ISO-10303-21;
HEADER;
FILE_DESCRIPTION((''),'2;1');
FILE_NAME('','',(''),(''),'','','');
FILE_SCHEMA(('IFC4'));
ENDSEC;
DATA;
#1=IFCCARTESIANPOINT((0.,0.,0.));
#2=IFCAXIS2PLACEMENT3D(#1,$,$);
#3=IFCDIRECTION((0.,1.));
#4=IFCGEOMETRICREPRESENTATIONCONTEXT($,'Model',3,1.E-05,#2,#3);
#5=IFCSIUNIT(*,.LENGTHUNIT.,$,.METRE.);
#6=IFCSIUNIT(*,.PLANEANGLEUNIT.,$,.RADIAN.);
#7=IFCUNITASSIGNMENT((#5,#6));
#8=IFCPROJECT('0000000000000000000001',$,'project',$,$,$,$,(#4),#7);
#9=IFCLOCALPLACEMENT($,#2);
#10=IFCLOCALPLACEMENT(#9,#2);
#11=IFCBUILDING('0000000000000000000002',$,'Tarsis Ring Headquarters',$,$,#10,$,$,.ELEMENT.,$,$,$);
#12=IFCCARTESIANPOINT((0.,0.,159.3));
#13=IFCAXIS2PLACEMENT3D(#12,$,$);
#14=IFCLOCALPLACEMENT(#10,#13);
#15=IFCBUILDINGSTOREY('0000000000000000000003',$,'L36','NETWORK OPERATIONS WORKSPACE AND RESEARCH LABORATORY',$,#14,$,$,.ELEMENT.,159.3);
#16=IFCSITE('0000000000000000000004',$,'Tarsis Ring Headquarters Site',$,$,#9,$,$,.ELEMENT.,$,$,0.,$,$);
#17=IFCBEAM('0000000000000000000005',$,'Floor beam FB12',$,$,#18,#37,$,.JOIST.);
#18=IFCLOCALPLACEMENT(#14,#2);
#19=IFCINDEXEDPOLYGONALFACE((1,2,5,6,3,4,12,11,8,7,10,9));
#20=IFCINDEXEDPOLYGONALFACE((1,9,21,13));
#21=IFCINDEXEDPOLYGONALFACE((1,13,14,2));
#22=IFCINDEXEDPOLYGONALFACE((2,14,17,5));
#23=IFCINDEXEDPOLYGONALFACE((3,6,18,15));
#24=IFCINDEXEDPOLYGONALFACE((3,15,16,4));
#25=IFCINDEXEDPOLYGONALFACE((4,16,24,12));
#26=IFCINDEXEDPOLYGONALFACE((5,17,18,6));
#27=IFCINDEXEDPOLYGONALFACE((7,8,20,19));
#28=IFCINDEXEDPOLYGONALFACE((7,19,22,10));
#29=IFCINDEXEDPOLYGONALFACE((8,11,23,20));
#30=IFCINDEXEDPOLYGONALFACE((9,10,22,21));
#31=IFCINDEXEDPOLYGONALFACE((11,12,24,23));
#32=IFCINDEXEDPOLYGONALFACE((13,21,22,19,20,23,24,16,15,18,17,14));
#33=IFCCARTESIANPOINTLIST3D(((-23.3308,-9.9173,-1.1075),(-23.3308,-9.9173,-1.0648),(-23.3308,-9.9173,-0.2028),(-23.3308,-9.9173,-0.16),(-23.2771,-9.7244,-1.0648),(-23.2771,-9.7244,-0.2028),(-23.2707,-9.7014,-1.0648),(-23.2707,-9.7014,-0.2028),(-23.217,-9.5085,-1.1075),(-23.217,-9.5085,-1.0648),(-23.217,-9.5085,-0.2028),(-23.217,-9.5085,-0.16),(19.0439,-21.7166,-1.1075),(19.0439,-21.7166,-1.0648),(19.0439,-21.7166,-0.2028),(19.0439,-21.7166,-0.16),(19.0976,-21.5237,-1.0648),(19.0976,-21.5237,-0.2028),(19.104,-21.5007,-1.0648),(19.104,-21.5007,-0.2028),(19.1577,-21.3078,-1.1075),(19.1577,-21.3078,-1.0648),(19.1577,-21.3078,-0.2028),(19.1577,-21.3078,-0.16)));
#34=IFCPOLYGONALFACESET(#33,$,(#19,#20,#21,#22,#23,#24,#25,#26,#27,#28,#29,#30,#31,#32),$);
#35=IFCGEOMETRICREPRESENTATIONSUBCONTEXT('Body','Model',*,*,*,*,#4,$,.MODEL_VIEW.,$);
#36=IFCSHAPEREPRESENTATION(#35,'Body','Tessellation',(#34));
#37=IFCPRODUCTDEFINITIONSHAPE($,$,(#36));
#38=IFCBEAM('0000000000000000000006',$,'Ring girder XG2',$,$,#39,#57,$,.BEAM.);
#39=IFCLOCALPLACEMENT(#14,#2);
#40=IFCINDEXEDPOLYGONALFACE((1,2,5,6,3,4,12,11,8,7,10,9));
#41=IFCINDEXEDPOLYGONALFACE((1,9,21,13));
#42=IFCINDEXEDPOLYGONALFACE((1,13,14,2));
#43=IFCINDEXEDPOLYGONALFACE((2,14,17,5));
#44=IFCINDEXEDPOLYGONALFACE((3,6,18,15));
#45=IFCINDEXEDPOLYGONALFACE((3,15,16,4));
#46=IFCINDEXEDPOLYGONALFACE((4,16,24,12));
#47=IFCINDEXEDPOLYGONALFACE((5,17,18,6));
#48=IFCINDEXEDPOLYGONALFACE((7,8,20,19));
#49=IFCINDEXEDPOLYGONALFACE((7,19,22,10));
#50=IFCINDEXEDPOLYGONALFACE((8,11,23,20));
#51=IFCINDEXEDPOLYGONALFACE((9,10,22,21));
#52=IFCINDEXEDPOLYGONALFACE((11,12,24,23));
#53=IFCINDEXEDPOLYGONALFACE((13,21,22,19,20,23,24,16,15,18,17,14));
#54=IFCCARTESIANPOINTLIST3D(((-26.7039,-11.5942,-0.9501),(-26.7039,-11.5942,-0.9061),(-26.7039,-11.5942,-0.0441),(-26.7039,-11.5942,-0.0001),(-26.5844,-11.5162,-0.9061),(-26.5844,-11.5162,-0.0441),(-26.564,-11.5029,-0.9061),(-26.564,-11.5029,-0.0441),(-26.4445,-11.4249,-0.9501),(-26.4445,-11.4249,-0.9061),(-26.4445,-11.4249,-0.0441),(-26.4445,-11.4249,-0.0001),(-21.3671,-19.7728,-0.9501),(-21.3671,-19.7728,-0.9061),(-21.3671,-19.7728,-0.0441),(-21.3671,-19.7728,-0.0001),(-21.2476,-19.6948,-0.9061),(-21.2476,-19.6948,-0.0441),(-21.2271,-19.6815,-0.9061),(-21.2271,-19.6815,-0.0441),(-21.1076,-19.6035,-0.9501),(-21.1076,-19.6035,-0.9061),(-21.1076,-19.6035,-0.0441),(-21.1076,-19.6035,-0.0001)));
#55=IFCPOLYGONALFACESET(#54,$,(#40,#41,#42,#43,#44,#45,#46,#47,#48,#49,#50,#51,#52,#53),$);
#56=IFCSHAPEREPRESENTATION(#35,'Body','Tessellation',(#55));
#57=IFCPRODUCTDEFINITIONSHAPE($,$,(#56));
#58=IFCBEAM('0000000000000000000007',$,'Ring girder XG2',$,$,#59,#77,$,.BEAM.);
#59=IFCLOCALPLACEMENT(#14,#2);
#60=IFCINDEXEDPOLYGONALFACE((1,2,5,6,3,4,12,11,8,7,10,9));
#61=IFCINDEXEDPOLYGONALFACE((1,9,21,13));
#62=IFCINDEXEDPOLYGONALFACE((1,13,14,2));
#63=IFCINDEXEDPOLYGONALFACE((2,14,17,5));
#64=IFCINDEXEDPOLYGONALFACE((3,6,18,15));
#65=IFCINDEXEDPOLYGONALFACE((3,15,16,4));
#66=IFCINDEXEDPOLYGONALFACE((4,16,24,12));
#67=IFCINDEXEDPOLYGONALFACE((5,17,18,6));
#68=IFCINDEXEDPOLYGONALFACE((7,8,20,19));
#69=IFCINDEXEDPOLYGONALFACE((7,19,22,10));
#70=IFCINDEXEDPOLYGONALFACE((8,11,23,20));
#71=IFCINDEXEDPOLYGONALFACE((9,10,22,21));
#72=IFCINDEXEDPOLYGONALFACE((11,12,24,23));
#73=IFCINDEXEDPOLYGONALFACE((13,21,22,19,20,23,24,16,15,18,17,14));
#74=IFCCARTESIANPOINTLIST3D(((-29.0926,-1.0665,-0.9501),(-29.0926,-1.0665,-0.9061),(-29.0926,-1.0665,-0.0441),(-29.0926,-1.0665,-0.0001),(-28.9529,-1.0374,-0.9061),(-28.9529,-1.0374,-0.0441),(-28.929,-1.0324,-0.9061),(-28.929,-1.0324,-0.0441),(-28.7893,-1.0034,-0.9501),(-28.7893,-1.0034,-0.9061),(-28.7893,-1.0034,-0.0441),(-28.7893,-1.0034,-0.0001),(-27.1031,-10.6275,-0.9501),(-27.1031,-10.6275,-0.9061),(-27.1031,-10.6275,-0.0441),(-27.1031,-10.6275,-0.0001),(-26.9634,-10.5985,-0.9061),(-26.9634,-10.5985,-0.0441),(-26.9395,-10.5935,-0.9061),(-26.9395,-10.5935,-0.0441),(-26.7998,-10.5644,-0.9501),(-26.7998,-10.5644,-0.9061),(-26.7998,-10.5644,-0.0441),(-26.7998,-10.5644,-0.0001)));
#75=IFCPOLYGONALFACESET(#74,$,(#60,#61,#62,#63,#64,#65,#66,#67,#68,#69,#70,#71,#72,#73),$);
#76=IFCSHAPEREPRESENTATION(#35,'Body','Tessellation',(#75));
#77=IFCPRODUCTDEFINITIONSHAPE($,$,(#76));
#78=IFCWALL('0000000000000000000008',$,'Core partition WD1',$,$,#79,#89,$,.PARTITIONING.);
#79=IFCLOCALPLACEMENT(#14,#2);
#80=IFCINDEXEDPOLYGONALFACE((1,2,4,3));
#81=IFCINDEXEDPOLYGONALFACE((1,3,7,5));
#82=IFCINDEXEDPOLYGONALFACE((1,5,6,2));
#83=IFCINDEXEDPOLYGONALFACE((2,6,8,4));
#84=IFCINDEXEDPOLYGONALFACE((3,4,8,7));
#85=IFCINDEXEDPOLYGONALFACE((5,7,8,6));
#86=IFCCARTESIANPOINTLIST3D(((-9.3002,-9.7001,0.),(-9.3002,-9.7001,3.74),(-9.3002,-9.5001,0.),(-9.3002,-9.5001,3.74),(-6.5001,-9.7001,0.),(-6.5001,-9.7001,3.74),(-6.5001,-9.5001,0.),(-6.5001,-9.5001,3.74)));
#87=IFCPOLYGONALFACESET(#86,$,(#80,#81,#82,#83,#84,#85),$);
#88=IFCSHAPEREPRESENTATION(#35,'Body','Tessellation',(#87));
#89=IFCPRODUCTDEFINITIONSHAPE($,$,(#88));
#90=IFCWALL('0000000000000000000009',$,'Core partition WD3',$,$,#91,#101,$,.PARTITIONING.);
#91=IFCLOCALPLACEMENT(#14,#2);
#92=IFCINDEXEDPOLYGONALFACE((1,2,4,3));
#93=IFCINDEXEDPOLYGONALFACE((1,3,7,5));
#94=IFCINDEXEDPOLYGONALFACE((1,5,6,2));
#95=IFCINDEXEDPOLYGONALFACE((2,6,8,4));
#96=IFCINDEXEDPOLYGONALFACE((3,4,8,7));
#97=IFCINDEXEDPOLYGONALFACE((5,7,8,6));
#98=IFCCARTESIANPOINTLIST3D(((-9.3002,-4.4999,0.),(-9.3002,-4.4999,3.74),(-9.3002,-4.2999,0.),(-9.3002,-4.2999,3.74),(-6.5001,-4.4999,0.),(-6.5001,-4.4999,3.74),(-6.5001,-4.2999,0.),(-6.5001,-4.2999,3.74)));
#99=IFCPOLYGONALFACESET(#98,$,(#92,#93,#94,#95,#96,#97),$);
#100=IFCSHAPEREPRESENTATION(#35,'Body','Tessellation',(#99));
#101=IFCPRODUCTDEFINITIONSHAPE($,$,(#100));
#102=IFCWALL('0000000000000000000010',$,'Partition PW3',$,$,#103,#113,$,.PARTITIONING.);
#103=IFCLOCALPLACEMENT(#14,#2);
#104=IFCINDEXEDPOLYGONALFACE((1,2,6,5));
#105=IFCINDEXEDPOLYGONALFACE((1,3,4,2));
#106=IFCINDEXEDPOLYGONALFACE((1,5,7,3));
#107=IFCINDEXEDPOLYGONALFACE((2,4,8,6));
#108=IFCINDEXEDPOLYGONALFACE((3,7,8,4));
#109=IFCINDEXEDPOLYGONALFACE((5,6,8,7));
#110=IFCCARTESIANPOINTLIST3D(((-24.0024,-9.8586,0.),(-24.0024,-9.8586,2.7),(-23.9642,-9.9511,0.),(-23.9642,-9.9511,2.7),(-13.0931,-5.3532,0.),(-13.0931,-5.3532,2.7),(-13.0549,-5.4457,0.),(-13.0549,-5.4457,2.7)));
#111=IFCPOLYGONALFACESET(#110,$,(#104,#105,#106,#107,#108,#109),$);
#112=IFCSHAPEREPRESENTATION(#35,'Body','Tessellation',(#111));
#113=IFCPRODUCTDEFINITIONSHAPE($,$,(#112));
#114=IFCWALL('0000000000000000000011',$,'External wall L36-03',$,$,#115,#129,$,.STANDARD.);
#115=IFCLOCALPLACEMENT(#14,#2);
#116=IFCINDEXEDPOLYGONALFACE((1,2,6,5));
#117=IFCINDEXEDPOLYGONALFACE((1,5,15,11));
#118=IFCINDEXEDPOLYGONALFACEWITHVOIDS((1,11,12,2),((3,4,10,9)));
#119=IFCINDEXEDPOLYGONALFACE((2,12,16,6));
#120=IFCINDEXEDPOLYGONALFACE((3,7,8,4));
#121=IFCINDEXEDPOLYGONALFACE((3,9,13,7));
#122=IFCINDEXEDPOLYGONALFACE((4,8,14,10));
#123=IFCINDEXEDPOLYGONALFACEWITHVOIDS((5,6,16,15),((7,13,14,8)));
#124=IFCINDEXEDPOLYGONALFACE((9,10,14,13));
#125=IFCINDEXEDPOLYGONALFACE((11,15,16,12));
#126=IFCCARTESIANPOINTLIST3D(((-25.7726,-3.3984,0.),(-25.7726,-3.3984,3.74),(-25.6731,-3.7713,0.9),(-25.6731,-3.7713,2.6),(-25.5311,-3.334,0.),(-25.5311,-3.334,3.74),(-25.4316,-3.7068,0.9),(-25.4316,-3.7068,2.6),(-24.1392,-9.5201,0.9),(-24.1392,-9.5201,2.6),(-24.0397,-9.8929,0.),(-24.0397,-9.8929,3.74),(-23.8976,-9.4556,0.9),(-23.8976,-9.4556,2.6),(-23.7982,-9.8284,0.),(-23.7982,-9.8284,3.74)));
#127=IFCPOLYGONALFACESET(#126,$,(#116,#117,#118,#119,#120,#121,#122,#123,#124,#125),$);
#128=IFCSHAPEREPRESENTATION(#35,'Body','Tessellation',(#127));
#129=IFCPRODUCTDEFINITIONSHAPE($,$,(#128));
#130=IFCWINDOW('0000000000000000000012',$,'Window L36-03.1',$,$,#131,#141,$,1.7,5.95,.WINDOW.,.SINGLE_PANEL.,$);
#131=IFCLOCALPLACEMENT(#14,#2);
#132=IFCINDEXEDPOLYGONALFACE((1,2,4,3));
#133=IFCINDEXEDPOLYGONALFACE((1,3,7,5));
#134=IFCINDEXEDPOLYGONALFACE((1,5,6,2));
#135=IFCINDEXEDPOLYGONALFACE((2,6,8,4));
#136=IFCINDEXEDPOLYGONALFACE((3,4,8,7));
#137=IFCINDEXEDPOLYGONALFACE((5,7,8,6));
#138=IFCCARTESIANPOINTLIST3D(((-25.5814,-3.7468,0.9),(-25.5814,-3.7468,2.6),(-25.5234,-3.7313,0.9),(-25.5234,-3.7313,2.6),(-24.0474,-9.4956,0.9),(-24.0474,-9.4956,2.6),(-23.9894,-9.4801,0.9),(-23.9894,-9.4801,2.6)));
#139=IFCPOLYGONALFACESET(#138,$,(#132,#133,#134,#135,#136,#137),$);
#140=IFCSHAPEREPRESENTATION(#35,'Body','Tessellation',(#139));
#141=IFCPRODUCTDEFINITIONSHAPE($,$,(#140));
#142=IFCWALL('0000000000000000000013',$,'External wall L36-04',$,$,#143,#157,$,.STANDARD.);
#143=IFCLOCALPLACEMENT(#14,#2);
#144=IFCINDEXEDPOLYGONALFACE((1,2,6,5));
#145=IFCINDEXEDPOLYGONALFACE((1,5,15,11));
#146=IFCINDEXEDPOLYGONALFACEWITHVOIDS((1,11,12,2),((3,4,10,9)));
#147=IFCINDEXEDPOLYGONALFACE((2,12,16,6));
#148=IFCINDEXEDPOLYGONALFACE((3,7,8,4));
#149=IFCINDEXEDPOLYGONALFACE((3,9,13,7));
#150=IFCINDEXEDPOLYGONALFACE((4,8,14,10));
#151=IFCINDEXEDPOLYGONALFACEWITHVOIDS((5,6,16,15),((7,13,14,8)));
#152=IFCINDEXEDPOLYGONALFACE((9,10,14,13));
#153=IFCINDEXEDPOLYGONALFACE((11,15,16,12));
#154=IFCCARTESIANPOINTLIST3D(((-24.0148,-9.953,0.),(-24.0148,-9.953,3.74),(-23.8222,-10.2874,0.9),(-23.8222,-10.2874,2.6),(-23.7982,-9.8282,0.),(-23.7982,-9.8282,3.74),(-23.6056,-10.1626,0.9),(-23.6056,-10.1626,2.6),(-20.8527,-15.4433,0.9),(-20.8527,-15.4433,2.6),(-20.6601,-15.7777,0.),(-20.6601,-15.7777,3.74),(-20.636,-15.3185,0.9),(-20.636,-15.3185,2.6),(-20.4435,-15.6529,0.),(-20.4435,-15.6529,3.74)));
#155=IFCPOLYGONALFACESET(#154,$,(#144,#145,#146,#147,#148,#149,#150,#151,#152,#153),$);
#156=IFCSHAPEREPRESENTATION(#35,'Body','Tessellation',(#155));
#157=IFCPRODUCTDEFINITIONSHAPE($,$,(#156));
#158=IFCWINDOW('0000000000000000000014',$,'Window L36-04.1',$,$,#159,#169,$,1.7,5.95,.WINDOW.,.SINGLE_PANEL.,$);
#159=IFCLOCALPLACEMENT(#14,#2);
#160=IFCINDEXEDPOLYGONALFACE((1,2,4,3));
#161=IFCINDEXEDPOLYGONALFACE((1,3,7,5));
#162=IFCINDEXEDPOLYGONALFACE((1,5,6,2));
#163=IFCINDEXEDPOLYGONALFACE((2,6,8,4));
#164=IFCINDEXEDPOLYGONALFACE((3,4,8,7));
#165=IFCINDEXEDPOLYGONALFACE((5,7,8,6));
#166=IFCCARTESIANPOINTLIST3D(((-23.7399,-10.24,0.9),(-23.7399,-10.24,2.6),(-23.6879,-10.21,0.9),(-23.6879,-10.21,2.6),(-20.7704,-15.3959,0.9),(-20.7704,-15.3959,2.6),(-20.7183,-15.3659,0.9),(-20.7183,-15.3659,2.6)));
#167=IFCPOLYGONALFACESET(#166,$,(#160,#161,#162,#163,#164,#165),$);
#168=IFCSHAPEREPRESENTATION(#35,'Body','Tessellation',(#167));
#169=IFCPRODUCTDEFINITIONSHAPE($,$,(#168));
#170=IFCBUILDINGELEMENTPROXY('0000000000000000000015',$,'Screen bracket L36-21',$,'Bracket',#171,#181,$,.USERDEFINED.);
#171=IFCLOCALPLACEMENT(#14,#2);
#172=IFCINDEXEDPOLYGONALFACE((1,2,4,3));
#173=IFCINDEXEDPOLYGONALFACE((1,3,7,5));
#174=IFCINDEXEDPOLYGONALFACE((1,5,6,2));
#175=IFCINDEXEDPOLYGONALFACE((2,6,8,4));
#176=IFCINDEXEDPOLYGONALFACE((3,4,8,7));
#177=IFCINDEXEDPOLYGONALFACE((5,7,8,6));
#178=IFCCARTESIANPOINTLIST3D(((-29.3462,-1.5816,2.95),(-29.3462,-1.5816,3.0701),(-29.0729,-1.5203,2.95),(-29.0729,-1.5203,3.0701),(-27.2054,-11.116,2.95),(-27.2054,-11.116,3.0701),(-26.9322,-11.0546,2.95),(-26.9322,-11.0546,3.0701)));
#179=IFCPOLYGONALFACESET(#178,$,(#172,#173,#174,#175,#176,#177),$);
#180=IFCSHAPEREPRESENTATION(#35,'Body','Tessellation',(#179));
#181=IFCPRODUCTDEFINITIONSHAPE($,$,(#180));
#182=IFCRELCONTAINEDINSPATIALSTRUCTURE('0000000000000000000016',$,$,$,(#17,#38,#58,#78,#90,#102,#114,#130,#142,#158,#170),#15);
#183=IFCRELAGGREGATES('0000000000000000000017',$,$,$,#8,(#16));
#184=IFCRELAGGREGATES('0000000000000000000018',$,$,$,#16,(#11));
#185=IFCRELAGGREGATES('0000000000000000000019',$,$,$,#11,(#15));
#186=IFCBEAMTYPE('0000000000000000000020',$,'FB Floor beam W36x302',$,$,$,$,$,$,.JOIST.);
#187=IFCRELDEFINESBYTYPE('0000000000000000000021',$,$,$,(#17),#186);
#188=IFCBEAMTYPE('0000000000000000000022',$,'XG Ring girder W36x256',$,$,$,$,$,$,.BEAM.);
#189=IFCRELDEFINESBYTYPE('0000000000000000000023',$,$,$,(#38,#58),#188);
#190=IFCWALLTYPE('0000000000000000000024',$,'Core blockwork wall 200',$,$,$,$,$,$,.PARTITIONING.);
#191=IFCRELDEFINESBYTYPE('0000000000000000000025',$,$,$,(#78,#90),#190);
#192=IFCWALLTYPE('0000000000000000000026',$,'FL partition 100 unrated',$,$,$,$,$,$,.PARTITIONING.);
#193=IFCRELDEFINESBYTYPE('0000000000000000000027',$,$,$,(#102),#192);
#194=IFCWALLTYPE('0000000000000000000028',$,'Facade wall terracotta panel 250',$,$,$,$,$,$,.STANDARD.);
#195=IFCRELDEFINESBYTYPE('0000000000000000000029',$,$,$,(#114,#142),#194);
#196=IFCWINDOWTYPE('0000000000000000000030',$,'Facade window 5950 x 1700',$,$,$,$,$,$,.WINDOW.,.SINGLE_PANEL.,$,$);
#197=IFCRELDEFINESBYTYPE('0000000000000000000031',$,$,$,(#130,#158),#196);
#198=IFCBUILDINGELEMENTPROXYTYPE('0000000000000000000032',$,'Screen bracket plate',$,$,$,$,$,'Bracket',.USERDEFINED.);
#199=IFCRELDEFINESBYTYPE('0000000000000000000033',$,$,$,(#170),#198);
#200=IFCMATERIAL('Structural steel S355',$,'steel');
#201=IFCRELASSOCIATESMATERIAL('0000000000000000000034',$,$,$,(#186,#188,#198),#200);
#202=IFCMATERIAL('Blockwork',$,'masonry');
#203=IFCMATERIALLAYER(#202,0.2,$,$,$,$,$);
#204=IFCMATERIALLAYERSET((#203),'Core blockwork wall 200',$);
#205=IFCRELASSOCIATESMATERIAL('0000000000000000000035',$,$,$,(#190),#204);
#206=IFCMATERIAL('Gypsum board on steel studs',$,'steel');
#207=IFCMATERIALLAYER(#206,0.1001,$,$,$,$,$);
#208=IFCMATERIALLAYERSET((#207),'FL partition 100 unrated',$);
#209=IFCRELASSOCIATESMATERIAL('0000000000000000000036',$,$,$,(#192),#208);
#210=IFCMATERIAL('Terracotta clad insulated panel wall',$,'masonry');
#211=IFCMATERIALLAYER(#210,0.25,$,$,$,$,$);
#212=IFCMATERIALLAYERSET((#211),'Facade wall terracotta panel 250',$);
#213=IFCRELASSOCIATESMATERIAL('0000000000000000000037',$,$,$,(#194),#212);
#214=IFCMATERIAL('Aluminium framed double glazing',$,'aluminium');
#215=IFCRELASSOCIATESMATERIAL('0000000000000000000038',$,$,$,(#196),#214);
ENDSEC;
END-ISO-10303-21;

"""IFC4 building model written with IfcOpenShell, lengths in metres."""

from ifc_helpers import new_model, si_unit, direction, frame, frame_2d, origin, origin_2d, place, context, subcontext, project, spatial, rectangle, i_section, extrude, material, layer, layer_set, material_profile, profile_set, type_object, element, fill, save


model = new_model("IFC4")

# Units and contexts
model_context = context("Model", 3, precision=1e-05, world=origin(), true_north=direction((0.0, 1.0)))
body_context = subcontext(model_context, "Body", "Model", "MODEL_VIEW")
ifc_project = project(units=[si_unit("LENGTHUNIT", "METRE"), si_unit("PLANEANGLEUNIT", "RADIAN")], contexts=[model_context])

# Site, building, storey
site_placement = place(None, origin())
site = spatial("IfcSite", under=ifc_project, at=site_placement, Name="Tarsis Ring Headquarters Site", CompositionType="ELEMENT", RefElevation=0.0)
building_placement = place(site_placement, origin())
building = spatial("IfcBuilding", under=site, at=building_placement, Name="Tarsis Ring Headquarters", CompositionType="ELEMENT")
storey_placement = place(building_placement, frame((0.0, 0.0, 159.3)))
storey = spatial("IfcBuildingStorey", under=building, at=storey_placement, Name="L36", Description="NETWORK OPERATIONS WORKSPACE AND RESEARCH LABORATORY", CompositionType="ELEMENT", Elevation=159.3)

# Shared definitions
ifc_material_1 = material(Name="Structural steel S355", Category="steel")

# Beams
ifc_material_profile_1 = material_profile(ifc_material_1, i_section(OverallWidth=0.3098, OverallDepth=0.95, WebThickness=0.0244, FlangeThickness=0.0439, at=origin_2d()), Name="W36x256")
ifc_profile_set_1 = profile_set([ifc_material_profile_1], Name="Structural steel S355")
ifc_material_profile_2 = material_profile(ifc_material_1, i_section(OverallWidth=0.4243, OverallDepth=0.9475, WebThickness=0.0239, FlangeThickness=0.0427, at=origin_2d()), Name="W36x302")
ifc_profile_set_2 = profile_set([ifc_material_profile_2], Name="Structural steel S355")
beam_type_1 = type_object("IfcBeamType", Name="FB Floor beam W36x302", PredefinedType="JOIST", material=ifc_profile_set_2)
beam_1_placement = place(storey_placement, frame((-23.2739, -9.7129, -0.6338), z_axis=(0.96335, -0.268246, 0.0), x_axis=(0.268246, 0.96335, 0.0)))
element("IfcBeam", 1, at=beam_1_placement, inside=storey, type_object=beam_type_1, Name="Floor beam FB12", PredefinedType="JOIST", context=body_context, shape_type="SweptSolid", body=[
    extrude(i_section(OverallWidth=0.4243, OverallDepth=0.9475, WebThickness=0.0239, FlangeThickness=0.0427, at=origin_2d()), origin(), (0.0, 0.0, 1.0), 43.9868),
])
beam_type_2 = type_object("IfcBeamType", Name="XG Ring girder W36x256", PredefinedType="BEAM", material=ifc_profile_set_1)
for number, where, z_axis, x_axis, name in (
    (2, (-26.5742, -11.5095, -0.4751), (0.546481, -0.837471, 0.0), (0.837471, 0.546481, 0.0), "Ring girder XG2"),
    (3, (-28.9409, -1.0349, -0.4751), (0.203721, -0.979029, 0.0), (0.979029, 0.203721, 0.0), "Ring girder XG2"),
):
    element("IfcBeam", number, at=place(storey_placement, frame(where, z_axis=z_axis, x_axis=x_axis)), inside=storey, type_object=beam_type_2, Name=name, PredefinedType="BEAM", context=body_context, shape_type="SweptSolid", body=[
        extrude(i_section(OverallWidth=0.3098, OverallDepth=0.95, WebThickness=0.0244, FlangeThickness=0.0439, at=origin_2d()), origin(), (0.0, 0.0, 1.0), 9.7659),
    ])

# Walls
ifc_material_2 = material(Name="Blockwork", Category="masonry")
ifc_layer_1 = layer(ifc_material_2, 0.2)
ifc_layer_set_1 = layer_set([ifc_layer_1], Name="Core blockwork wall 200")
wall_type_1 = type_object("IfcWallType", Name="Core blockwork wall 200", PredefinedType="PARTITIONING", material=ifc_layer_set_1)
for number, where, z_axis, x_axis, name in (
    (4, (-9.3, -9.6001, 0.0), (0.0, 0.0, 1.0), (1.0, 0.0, 0.0), "Core partition WD1"),
    (5, (-9.3, -4.3999, 0.0), (0.0, 0.0, 1.0), (1.0, 0.0, 0.0), "Core partition WD3"),
):
    element("IfcWall", number, at=place(storey_placement, frame(where, z_axis=z_axis, x_axis=x_axis)), inside=storey, type_object=wall_type_1, Name=name, PredefinedType="PARTITIONING", context=body_context, shape_type="SweptSolid", body=[
        extrude(rectangle(XDim=2.8, YDim=0.2, at=frame_2d((1.3999, 0.0))), origin(), (0.0, 0.0, 1.0), 3.74),
    ])
ifc_material_3 = material(Name="Gypsum board on steel studs", Category="steel")
ifc_layer_2 = layer(ifc_material_3, 0.1001)
ifc_layer_set_2 = layer_set([ifc_layer_2], Name="FL partition 100 unrated")
wall_type_2 = type_object("IfcWallType", Name="FL partition 100 unrated", PredefinedType="PARTITIONING", material=ifc_layer_set_2)
wall_1_placement = place(storey_placement, frame((-23.9832, -9.9048, 0.0), z_axis=(0.0, 0.0, 1.0), x_axis=(0.924279, 0.381717, 0.0)))
element("IfcWall", 6, at=wall_1_placement, inside=storey, type_object=wall_type_2, Name="Partition PW3", PredefinedType="PARTITIONING", context=body_context, shape_type="SweptSolid", body=[
    extrude(rectangle(XDim=11.803, YDim=0.1001, at=frame_2d((5.9014, 0.0))), origin(), (0.0, 0.0, 1.0), 2.7),
])

# Walls, openings, windows
ifc_material_4 = material(Name="Terracotta clad insulated panel wall", Category="masonry")
ifc_layer_3 = layer(ifc_material_4, 0.25)
ifc_layer_set_3 = layer_set([ifc_layer_3], Name="Facade wall terracotta panel 250")
wall_type_3 = type_object("IfcWallType", Name="Facade wall terracotta panel 250", PredefinedType="STANDARD", material=ifc_layer_set_3)
wall_2_placement = place(storey_placement, frame((-25.6519, -3.3662, 0.0), z_axis=(0.0, 0.0, 1.0), x_axis=(0.257812, -0.966195, 0.0)))
wall_2 = element("IfcWall", 7, at=wall_2_placement, inside=storey, type_object=wall_type_3, Name="External wall L36-03", PredefinedType="STANDARD", context=body_context, shape_type="SweptSolid", body=[
    extrude(rectangle(XDim=6.7217, YDim=0.25, at=frame_2d((3.3608, 0.0))), origin(), (0.0, 0.0, 1.0), 3.74),
])
opening_1_placement = place(wall_2_placement, frame((0.3857, 0.0, 0.8999)))
opening_1 = element("IfcOpeningElement", 8, at=opening_1_placement, cuts=wall_2, PredefinedType="OPENING", context=body_context, shape_type="SweptSolid", body=[
    extrude(rectangle(XDim=5.95, YDim=1.7, at=frame_2d((2.9751, 0.8501))), frame((0.0, 0.135, 0.0), z_axis=(0.0, -1.0, 0.0), x_axis=(1.0, 0.0, 0.0)), (0.0, 0.0, 1.0), 0.27),
])
ifc_material_5 = material(Name="Aluminium framed double glazing", Category="aluminium")
window_type = type_object("IfcWindowType", Name="Facade window 5950 x 1700", PartitioningType="SINGLE_PANEL", PredefinedType="WINDOW", material=ifc_material_5)
window_1_placement = place(opening_1_placement, origin())
window_1 = element("IfcWindow", 9, at=window_1_placement, inside=storey, type_object=window_type, Name="Window L36-03.1", OverallHeight=1.7, OverallWidth=5.95, PartitioningType="SINGLE_PANEL", PredefinedType="WINDOW", context=body_context, shape_type="SweptSolid", body=[
    extrude(rectangle(XDim=5.95, YDim=1.7, at=frame_2d((2.9751, 0.8501))), frame((0.0, 0.03, 0.0), z_axis=(0.0, -1.0, 0.0), x_axis=(1.0, 0.0, 0.0)), (0.0, 0.0, 1.0), 0.0601),
])
fill(opening_1, window_1)
wall_3_placement = place(storey_placement, frame((-23.9065, -9.8906, 0.0), z_axis=(0.0, 0.0, 1.0), x_axis=(0.499089, -0.866551, 0.0)))
wall_3 = element("IfcWall", 10, at=wall_3_placement, inside=storey, type_object=wall_type_3, Name="External wall L36-04", PredefinedType="STANDARD", context=body_context, shape_type="SweptSolid", body=[
    extrude(rectangle(XDim=6.7217, YDim=0.25, at=frame_2d((3.3608, 0.0))), origin(), (0.0, 0.0, 1.0), 3.74),
])
opening_2_placement = place(wall_3_placement, frame((0.3857, 0.0, 0.8999)))
opening_2 = element("IfcOpeningElement", 11, at=opening_2_placement, cuts=wall_3, PredefinedType="OPENING", context=body_context, shape_type="SweptSolid", body=[
    extrude(rectangle(XDim=5.95, YDim=1.7, at=frame_2d((2.9751, 0.8501))), frame((0.0, 0.135, 0.0), z_axis=(0.0, -1.0, 0.0), x_axis=(1.0, 0.0, 0.0)), (0.0, 0.0, 1.0), 0.27),
])
window_2_placement = place(opening_2_placement, origin())
window_2 = element("IfcWindow", 12, at=window_2_placement, inside=storey, type_object=window_type, Name="Window L36-04.1", OverallHeight=1.7, OverallWidth=5.95, PartitioningType="SINGLE_PANEL", PredefinedType="WINDOW", context=body_context, shape_type="SweptSolid", body=[
    extrude(rectangle(XDim=5.95, YDim=1.7, at=frame_2d((2.9751, 0.8501))), frame((0.0, 0.03, 0.0), z_axis=(0.0, -1.0, 0.0), x_axis=(1.0, 0.0, 0.0)), (0.0, 0.0, 1.0), 0.0601),
])
fill(opening_2, window_2)

# Building element proxy
building_element_proxy_type = type_object("IfcBuildingElementProxyType", Name="Screen bracket plate", ElementType="Bracket", PredefinedType="USERDEFINED", material=ifc_material_1)
proxy_placement = place(storey_placement, frame((-28.1392, -6.3181, 2.95), z_axis=(0.0, 0.0, 1.0), x_axis=(0.21908, -0.975707, 0.0)))
element("IfcBuildingElementProxy", 13, at=proxy_placement, inside=storey, type_object=building_element_proxy_type, Name="Screen bracket L36-21", ObjectType="Bracket", PredefinedType="USERDEFINED", context=body_context, shape_type="SweptSolid", body=[
    extrude(rectangle(XDim=9.7717, YDim=0.28, at=origin_2d()), origin(), (0.0, 0.0, 1.0), 0.1201),
])

save(model, "model.ifc")
